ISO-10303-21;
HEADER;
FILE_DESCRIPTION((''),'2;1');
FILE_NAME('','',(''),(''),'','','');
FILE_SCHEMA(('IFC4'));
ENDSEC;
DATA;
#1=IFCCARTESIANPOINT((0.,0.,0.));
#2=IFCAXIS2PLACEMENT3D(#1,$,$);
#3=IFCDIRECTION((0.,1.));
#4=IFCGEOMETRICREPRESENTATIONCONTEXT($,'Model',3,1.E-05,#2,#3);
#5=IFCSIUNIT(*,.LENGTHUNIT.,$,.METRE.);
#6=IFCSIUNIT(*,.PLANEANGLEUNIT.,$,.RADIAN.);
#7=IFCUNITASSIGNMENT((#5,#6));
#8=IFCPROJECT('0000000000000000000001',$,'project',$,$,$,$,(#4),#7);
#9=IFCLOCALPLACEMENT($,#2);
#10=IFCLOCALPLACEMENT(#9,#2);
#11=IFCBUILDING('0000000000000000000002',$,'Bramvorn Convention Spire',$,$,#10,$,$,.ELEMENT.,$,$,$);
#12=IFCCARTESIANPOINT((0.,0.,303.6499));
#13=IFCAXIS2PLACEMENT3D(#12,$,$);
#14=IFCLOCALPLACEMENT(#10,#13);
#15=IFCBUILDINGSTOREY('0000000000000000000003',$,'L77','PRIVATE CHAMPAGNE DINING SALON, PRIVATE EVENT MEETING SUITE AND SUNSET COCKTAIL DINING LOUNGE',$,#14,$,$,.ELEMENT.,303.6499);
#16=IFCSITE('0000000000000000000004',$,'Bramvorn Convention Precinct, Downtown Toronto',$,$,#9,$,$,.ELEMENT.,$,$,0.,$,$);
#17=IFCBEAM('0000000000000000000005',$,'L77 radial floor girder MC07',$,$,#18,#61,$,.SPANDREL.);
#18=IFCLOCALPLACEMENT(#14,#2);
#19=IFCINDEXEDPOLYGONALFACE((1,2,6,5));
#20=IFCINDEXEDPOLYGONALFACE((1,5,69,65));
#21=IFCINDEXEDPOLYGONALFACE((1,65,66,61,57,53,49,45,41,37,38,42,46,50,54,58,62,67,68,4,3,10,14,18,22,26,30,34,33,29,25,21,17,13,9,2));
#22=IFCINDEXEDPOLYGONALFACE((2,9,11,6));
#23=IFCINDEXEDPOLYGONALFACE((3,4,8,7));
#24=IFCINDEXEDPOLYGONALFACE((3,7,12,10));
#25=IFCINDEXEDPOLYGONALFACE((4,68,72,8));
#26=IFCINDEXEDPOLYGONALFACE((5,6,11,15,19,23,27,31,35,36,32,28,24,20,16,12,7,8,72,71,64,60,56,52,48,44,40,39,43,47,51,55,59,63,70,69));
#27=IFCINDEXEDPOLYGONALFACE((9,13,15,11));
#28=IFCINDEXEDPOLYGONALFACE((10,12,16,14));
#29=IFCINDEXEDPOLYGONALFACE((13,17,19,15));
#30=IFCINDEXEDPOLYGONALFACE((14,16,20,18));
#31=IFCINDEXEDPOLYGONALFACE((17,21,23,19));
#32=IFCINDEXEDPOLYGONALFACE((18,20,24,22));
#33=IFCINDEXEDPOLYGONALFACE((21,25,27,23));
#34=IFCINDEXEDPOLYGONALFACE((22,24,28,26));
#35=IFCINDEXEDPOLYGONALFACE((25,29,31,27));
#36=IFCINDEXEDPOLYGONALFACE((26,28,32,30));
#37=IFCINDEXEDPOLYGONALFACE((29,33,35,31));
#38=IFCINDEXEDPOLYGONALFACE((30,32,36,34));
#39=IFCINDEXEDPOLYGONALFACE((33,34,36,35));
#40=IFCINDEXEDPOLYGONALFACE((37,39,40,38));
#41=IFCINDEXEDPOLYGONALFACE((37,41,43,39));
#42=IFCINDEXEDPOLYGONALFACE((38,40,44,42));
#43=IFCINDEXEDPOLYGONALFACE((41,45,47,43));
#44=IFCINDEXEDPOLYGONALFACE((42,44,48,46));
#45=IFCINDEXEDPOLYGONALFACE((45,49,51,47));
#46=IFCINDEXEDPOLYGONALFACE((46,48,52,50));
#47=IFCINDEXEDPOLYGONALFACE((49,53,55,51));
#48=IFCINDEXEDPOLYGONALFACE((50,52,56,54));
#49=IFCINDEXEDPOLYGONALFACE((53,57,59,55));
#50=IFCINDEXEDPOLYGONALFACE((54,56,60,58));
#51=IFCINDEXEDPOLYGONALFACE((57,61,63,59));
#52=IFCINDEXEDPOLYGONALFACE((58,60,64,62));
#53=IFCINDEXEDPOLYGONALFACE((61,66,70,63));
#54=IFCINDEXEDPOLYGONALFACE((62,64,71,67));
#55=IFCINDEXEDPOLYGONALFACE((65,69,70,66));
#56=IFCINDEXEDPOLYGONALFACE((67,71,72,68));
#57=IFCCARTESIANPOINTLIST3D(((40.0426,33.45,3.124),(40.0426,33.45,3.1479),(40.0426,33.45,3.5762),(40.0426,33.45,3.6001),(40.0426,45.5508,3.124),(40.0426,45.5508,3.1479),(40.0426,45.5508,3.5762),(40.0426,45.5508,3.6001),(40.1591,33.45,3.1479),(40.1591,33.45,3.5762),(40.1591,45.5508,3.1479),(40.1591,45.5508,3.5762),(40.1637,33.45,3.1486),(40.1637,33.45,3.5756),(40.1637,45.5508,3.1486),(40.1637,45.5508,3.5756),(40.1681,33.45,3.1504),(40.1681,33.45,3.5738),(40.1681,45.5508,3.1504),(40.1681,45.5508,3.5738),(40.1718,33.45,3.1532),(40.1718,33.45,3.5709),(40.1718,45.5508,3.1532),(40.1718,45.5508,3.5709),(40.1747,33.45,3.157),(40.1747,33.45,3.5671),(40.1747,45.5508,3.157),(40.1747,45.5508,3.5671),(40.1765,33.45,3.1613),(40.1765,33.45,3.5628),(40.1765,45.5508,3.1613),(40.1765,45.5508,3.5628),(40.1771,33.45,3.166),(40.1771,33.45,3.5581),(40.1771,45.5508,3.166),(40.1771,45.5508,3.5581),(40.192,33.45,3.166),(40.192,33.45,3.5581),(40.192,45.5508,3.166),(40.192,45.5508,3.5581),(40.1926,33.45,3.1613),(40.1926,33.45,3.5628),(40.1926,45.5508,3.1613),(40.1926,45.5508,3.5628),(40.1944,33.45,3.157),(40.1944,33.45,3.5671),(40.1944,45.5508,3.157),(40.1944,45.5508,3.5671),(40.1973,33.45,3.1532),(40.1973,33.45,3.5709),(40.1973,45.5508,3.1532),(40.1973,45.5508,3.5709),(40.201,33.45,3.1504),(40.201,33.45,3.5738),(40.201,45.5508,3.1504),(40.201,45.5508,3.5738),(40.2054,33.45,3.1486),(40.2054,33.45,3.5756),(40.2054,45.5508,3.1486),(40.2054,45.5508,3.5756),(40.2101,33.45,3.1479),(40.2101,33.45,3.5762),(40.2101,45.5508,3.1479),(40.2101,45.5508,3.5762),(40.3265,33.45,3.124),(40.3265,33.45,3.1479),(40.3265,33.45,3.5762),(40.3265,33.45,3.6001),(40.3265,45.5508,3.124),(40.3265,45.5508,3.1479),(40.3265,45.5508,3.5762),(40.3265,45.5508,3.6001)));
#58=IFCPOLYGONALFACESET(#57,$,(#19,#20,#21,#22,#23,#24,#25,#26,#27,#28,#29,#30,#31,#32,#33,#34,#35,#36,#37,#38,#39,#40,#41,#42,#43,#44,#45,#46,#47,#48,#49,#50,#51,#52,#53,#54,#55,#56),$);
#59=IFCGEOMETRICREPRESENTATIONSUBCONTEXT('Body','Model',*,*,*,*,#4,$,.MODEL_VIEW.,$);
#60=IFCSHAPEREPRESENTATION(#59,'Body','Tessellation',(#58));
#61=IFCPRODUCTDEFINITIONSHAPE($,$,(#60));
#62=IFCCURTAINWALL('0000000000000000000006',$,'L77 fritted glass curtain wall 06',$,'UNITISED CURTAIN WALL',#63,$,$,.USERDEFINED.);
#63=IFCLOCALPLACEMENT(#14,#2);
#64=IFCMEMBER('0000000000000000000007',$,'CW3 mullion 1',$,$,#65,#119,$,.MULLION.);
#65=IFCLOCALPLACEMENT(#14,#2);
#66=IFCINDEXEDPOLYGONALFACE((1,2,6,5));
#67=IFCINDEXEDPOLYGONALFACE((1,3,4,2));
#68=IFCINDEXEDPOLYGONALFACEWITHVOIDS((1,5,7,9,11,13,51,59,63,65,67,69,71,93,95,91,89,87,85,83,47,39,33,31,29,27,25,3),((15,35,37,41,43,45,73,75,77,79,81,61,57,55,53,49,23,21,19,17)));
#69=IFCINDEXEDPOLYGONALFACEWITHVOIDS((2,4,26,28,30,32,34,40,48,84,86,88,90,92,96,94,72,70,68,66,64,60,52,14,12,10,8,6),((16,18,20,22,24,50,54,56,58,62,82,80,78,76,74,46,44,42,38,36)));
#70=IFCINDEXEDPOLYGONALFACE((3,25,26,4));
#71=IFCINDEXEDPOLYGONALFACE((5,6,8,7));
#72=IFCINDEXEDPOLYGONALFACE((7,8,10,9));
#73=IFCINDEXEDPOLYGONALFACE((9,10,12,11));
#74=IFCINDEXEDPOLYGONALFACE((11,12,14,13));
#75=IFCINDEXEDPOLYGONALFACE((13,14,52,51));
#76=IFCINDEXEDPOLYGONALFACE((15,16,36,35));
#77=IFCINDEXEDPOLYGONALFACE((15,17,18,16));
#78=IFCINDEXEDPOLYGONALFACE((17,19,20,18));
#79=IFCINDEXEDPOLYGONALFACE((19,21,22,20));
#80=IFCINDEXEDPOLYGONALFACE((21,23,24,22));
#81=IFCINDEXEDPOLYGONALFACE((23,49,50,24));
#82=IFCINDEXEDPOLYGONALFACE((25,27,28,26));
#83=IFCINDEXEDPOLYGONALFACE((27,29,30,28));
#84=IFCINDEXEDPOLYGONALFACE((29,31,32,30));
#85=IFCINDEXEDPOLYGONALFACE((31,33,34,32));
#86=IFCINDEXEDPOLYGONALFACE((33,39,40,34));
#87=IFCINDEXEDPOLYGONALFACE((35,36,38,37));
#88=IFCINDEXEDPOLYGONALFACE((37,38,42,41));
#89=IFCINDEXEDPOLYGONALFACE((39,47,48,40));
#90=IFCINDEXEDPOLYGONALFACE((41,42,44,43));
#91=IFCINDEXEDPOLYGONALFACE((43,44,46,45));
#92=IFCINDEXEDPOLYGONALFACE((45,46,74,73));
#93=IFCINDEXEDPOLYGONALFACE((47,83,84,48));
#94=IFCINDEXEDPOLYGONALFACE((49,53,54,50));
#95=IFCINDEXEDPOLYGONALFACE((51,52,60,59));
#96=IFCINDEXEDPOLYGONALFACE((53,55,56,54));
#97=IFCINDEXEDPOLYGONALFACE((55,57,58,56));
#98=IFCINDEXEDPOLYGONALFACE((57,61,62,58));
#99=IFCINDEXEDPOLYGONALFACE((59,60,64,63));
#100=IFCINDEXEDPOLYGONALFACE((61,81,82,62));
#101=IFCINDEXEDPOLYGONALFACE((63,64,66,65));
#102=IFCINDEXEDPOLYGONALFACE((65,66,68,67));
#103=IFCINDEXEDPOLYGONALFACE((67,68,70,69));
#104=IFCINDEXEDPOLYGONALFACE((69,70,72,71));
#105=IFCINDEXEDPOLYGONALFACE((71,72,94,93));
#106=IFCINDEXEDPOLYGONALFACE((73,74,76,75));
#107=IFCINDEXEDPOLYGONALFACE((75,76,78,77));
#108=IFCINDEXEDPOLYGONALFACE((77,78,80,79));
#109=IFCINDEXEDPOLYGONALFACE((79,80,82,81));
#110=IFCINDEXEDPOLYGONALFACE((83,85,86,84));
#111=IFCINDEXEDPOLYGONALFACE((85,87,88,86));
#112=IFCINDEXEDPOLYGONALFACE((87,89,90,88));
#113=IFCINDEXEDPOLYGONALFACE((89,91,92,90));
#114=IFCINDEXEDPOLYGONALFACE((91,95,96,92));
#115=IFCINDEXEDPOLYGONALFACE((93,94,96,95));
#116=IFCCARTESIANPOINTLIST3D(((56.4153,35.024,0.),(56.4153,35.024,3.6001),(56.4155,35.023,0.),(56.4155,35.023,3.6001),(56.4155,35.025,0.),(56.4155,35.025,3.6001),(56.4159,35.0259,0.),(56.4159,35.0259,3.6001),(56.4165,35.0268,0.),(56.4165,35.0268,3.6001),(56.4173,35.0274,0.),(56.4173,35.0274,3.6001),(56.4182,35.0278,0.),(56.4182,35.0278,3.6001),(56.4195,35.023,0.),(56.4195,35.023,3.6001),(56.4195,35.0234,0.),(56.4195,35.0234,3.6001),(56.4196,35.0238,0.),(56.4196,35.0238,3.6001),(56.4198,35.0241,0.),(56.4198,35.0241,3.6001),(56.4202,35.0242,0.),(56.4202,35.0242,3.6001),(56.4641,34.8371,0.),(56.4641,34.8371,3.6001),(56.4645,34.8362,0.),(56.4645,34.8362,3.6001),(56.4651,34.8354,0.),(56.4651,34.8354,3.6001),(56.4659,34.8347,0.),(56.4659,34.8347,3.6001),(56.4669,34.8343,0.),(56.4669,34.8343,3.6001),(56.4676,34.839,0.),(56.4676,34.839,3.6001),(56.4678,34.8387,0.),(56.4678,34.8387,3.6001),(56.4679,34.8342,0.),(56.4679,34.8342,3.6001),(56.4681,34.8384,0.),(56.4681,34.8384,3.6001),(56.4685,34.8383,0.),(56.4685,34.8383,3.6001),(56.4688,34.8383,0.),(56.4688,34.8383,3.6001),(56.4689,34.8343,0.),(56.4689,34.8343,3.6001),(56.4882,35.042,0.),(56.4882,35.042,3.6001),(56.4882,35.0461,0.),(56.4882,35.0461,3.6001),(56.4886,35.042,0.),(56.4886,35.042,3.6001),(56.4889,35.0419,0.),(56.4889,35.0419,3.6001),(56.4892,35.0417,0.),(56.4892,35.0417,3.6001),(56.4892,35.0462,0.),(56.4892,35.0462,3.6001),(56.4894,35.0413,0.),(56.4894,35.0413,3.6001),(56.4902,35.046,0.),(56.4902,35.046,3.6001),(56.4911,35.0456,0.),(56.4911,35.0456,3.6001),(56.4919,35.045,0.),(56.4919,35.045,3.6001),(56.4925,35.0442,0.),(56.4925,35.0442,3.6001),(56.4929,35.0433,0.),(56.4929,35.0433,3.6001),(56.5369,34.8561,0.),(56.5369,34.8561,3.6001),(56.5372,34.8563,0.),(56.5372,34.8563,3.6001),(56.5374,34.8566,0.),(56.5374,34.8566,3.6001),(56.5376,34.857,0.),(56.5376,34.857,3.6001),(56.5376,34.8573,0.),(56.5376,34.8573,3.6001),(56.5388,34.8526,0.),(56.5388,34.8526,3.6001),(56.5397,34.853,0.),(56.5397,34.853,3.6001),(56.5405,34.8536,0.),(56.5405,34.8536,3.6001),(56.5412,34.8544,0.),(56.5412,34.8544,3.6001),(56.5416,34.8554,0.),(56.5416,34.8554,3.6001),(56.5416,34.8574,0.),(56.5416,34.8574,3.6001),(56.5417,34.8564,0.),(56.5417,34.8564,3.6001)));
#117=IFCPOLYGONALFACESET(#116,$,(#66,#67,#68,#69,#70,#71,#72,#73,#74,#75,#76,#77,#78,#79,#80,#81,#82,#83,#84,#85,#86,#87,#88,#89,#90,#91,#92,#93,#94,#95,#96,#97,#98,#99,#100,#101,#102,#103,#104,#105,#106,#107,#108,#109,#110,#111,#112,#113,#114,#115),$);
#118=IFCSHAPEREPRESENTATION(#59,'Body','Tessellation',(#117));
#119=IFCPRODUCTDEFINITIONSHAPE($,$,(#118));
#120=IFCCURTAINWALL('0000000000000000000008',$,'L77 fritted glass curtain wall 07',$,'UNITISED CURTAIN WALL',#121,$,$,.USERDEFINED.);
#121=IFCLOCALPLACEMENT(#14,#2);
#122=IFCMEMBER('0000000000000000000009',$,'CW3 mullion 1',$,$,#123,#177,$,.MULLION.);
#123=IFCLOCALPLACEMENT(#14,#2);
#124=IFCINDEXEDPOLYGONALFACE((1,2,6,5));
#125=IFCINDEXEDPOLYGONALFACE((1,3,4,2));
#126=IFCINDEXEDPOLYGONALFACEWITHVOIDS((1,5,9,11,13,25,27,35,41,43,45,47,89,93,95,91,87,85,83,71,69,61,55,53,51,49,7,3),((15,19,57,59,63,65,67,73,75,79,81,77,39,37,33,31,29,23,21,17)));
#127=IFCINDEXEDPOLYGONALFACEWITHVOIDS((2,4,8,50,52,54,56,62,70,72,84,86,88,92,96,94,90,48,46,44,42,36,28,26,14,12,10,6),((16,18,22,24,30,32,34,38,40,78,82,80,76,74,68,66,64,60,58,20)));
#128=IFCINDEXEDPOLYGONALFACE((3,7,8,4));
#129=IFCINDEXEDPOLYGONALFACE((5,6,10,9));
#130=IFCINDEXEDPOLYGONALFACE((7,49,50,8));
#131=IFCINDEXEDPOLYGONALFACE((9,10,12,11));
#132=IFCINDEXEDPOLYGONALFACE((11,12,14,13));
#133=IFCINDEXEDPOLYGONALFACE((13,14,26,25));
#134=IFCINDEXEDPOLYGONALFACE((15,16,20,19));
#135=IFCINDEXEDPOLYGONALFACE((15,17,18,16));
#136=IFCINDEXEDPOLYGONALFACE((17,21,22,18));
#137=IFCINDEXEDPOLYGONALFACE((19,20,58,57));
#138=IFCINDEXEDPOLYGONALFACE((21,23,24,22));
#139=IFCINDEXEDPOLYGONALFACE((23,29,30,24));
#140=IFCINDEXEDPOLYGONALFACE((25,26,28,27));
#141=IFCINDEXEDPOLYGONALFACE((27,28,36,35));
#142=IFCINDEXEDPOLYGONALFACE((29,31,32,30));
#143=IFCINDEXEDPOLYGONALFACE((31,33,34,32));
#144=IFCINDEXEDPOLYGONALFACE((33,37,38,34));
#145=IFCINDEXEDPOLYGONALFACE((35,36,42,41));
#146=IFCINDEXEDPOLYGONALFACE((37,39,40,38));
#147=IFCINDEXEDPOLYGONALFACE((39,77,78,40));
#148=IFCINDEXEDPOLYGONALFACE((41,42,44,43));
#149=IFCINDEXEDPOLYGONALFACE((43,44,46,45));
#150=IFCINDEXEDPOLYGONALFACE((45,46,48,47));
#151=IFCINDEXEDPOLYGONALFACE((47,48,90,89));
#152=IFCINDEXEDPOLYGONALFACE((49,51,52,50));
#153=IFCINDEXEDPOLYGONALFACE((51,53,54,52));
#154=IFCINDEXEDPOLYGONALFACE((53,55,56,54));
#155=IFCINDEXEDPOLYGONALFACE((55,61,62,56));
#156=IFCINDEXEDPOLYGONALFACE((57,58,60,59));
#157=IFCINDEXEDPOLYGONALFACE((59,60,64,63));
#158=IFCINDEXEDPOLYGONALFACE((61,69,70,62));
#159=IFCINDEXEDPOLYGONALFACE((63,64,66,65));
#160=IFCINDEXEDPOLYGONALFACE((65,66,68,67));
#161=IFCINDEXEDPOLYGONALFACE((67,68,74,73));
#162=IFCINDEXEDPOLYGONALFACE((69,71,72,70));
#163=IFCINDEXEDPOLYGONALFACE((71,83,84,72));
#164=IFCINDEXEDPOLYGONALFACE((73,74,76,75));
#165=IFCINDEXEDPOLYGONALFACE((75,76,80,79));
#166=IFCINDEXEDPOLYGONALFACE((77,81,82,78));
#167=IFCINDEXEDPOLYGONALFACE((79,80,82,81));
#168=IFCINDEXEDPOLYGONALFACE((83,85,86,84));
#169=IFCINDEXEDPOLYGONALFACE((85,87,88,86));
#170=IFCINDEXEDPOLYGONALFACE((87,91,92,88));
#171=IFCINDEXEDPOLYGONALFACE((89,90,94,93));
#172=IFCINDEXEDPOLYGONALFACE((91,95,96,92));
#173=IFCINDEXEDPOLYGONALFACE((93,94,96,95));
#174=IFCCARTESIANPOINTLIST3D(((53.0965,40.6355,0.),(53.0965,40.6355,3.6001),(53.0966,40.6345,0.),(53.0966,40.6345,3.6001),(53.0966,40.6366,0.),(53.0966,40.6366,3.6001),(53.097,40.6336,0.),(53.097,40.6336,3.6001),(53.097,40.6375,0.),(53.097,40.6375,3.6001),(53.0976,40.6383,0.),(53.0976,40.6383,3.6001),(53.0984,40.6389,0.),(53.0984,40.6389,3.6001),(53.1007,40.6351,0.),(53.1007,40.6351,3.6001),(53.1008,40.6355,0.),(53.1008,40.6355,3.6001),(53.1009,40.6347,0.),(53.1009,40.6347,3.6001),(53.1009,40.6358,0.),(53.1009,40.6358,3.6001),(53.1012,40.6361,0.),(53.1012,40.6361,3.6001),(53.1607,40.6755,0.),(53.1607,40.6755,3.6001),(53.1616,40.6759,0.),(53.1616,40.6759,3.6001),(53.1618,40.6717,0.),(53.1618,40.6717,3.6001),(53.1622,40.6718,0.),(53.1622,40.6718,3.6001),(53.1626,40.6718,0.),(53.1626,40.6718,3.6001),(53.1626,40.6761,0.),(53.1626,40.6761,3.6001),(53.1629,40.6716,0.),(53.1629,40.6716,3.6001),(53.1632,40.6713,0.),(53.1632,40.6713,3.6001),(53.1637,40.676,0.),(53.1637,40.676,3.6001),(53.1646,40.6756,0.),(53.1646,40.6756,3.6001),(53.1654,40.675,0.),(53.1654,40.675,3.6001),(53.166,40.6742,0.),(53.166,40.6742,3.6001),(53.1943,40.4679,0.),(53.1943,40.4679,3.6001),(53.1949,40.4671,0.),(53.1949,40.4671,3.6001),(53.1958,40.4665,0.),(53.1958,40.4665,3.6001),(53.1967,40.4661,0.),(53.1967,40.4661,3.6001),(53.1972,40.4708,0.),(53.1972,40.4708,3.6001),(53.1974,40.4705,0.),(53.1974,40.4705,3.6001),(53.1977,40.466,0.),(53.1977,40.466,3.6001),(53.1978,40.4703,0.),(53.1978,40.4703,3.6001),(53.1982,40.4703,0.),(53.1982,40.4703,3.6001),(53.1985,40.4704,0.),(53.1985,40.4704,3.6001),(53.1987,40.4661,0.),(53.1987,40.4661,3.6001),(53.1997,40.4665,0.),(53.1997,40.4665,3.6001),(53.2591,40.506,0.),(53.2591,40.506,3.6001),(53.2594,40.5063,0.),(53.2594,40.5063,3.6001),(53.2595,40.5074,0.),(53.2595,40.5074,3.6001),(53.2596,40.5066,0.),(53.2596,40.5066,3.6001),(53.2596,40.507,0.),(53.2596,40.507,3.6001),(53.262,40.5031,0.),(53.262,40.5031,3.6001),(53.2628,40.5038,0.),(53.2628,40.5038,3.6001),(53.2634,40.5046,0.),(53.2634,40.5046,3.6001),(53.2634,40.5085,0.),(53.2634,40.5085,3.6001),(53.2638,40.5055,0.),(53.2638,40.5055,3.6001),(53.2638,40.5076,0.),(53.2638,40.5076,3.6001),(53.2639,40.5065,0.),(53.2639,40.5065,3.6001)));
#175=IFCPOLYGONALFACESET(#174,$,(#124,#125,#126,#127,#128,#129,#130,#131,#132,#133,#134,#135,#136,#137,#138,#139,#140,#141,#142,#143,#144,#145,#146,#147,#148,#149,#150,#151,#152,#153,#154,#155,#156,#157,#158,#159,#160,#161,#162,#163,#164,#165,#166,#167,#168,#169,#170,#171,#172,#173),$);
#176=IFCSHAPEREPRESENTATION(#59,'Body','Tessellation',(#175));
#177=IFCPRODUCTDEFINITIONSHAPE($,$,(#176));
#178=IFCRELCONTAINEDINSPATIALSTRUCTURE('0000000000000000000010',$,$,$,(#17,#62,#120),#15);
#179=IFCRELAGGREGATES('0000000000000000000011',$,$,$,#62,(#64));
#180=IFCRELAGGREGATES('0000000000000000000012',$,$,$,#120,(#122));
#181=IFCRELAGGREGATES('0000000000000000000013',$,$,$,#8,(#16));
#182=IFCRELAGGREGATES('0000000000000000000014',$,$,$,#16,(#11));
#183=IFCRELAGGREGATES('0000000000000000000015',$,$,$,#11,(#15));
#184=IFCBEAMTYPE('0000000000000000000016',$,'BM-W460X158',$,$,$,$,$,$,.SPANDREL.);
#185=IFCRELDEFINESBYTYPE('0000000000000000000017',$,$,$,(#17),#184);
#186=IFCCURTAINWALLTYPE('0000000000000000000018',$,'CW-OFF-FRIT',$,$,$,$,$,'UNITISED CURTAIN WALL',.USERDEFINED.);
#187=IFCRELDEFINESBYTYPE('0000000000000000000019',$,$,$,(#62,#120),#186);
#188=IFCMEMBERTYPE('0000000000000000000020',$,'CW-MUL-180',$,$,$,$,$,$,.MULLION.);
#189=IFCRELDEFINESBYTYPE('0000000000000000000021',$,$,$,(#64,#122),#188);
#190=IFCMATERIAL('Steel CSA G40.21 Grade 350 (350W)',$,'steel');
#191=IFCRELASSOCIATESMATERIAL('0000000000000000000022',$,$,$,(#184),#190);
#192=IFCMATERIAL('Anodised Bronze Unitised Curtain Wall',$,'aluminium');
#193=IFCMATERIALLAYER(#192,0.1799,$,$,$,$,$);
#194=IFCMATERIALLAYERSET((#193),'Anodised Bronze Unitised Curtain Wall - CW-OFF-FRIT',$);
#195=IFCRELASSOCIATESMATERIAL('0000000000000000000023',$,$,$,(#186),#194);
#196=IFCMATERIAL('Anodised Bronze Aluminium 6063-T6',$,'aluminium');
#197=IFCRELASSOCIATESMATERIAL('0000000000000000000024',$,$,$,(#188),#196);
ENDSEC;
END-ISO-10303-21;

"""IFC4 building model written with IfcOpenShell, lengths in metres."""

from ifc_helpers import new_model, si_unit, direction, frame, origin, origin_2d, place, context, subcontext, project, spatial, hollow_rectangle, i_section, extrude, material, layer, layer_set, material_profile, profile_set, type_object, element, aggregate, save


model = new_model("IFC4")

# Units and contexts
model_context = context("Model", 3, precision=1e-05, world=origin(), true_north=direction((0.0, 1.0)))
body_context = subcontext(model_context, "Body", "Model", "MODEL_VIEW")
ifc_project = project(units=[si_unit("LENGTHUNIT", "METRE"), si_unit("PLANEANGLEUNIT", "RADIAN")], contexts=[model_context])

# Site, building, storey
site_placement = place(None, origin())
site = spatial("IfcSite", under=ifc_project, at=site_placement, Name="Bramvorn Convention Precinct, Downtown Toronto", CompositionType="ELEMENT", RefElevation=0.0)
building_placement = place(site_placement, origin())
building = spatial("IfcBuilding", under=site, at=building_placement, Name="Bramvorn Convention Spire", CompositionType="ELEMENT")
storey_placement = place(building_placement, frame((0.0, 0.0, 303.6499)))
storey = spatial("IfcBuildingStorey", under=building, at=storey_placement, Name="L77", Description="PRIVATE CHAMPAGNE DINING SALON, PRIVATE EVENT MEETING SUITE AND SUNSET COCKTAIL DINING LOUNGE", CompositionType="ELEMENT", Elevation=303.6499)

# Shared definitions
ifc_material_1 = material(Name="Steel CSA G40.21 Grade 350 (350W)", Category="steel")

# Beam
ifc_material_profile_1 = material_profile(ifc_material_1, i_section(OverallWidth=0.2839, OverallDepth=0.4761, WebThickness=0.0149, FlangeThickness=0.0239, FilletRadius=0.0181, at=origin_2d()))
ifc_profile_set_1 = profile_set([ifc_material_profile_1], Name="Steel CSA G40.21 Grade 350 (350W) - W460X158")
beam_type_1 = type_object("IfcBeamType", Name="BM-W460X158", PredefinedType="SPANDREL", material=ifc_profile_set_1)
beam_1_placement = place(storey_placement, frame((40.1846, 33.45, 3.3621), z_axis=(0.0, 1.0, 0.0), x_axis=(-1.0, 0.0, 0.0)))
element("IfcBeam", 1, at=beam_1_placement, inside=storey, type_object=beam_type_1, Name="L77 radial floor girder MC07", PredefinedType="SPANDREL", context=body_context, shape_type="SweptSolid", body=[
    extrude(i_section(OverallWidth=0.2839, OverallDepth=0.4761, WebThickness=0.0149, FlangeThickness=0.0239, FilletRadius=0.0181, at=origin_2d()), origin(), (0.0, 0.0, 1.0), 12.1008),
])

# Curtain wall, member
ifc_material_2 = material(Name="Anodised Bronze Unitised Curtain Wall", Category="aluminium")
ifc_layer_1 = layer(ifc_material_2, 0.1799)
ifc_layer_set_1 = layer_set([ifc_layer_1], Name="Anodised Bronze Unitised Curtain Wall - CW-OFF-FRIT")
curtain_wall_type = type_object("IfcCurtainWallType", Name="CW-OFF-FRIT", ElementType="UNITISED CURTAIN WALL", PredefinedType="USERDEFINED", material=ifc_layer_set_1)
curtain_wall_1_placement = place(storey_placement, origin())
curtain_wall_1 = element("IfcCurtainWall", 2, at=curtain_wall_1_placement, inside=storey, type_object=curtain_wall_type, Name="L77 fritted glass curtain wall 06", ObjectType="UNITISED CURTAIN WALL", PredefinedType="USERDEFINED")
ifc_material_3 = material(Name="Anodised Bronze Aluminium 6063-T6", Category="aluminium")
ifc_material_profile_2 = material_profile(ifc_material_3, hollow_rectangle(XDim=0.0801, YDim=0.2, WallThickness=0.0039, InnerFilletRadius=0.001, OuterFilletRadius=0.0039, at=origin_2d()))
ifc_profile_set_2 = profile_set([ifc_material_profile_2], Name="Anodised Bronze Aluminium 6063-T6 - CWM80X200")
member_type_1 = type_object("IfcMemberType", Name="CW-MUL-180", PredefinedType="MULLION", material=ifc_profile_set_2)
member_1_placement = place(storey_placement, frame((56.4785, 34.9402, 0.0), z_axis=(0.0, 0.0, 1.0), x_axis=(0.967407, 0.253228, 0.0)))
member_1 = element("IfcMember", 3, at=member_1_placement, type_object=member_type_1, Name="CW3 mullion 1", PredefinedType="MULLION", context=body_context, shape_type="SweptSolid", body=[
    extrude(hollow_rectangle(XDim=0.0801, YDim=0.2, WallThickness=0.0039, InnerFilletRadius=0.001, OuterFilletRadius=0.0039, at=origin_2d()), origin(), (0.0, 0.0, 1.0), 3.6001),
])

# Curtain wall, member
curtain_wall_2_placement = place(storey_placement, origin())
curtain_wall_2 = element("IfcCurtainWall", 4, at=curtain_wall_2_placement, inside=storey, type_object=curtain_wall_type, Name="L77 fritted glass curtain wall 07", ObjectType="UNITISED CURTAIN WALL", PredefinedType="USERDEFINED")
member_2_placement = place(storey_placement, frame((53.1802, 40.571, 0.0), z_axis=(0.0, 0.0, 1.0), x_axis=(0.86224, 0.5065, 0.0)))
member_2 = element("IfcMember", 5, at=member_2_placement, type_object=member_type_1, Name="CW3 mullion 1", PredefinedType="MULLION", context=body_context, shape_type="SweptSolid", body=[
    extrude(hollow_rectangle(XDim=0.0801, YDim=0.2, WallThickness=0.0039, InnerFilletRadius=0.001, OuterFilletRadius=0.0039, at=origin_2d()), origin(), (0.0, 0.0, 1.0), 3.6001),
])

aggregate(curtain_wall_1, [member_1])
aggregate(curtain_wall_2, [member_2])

save(model, "model.ifc")
